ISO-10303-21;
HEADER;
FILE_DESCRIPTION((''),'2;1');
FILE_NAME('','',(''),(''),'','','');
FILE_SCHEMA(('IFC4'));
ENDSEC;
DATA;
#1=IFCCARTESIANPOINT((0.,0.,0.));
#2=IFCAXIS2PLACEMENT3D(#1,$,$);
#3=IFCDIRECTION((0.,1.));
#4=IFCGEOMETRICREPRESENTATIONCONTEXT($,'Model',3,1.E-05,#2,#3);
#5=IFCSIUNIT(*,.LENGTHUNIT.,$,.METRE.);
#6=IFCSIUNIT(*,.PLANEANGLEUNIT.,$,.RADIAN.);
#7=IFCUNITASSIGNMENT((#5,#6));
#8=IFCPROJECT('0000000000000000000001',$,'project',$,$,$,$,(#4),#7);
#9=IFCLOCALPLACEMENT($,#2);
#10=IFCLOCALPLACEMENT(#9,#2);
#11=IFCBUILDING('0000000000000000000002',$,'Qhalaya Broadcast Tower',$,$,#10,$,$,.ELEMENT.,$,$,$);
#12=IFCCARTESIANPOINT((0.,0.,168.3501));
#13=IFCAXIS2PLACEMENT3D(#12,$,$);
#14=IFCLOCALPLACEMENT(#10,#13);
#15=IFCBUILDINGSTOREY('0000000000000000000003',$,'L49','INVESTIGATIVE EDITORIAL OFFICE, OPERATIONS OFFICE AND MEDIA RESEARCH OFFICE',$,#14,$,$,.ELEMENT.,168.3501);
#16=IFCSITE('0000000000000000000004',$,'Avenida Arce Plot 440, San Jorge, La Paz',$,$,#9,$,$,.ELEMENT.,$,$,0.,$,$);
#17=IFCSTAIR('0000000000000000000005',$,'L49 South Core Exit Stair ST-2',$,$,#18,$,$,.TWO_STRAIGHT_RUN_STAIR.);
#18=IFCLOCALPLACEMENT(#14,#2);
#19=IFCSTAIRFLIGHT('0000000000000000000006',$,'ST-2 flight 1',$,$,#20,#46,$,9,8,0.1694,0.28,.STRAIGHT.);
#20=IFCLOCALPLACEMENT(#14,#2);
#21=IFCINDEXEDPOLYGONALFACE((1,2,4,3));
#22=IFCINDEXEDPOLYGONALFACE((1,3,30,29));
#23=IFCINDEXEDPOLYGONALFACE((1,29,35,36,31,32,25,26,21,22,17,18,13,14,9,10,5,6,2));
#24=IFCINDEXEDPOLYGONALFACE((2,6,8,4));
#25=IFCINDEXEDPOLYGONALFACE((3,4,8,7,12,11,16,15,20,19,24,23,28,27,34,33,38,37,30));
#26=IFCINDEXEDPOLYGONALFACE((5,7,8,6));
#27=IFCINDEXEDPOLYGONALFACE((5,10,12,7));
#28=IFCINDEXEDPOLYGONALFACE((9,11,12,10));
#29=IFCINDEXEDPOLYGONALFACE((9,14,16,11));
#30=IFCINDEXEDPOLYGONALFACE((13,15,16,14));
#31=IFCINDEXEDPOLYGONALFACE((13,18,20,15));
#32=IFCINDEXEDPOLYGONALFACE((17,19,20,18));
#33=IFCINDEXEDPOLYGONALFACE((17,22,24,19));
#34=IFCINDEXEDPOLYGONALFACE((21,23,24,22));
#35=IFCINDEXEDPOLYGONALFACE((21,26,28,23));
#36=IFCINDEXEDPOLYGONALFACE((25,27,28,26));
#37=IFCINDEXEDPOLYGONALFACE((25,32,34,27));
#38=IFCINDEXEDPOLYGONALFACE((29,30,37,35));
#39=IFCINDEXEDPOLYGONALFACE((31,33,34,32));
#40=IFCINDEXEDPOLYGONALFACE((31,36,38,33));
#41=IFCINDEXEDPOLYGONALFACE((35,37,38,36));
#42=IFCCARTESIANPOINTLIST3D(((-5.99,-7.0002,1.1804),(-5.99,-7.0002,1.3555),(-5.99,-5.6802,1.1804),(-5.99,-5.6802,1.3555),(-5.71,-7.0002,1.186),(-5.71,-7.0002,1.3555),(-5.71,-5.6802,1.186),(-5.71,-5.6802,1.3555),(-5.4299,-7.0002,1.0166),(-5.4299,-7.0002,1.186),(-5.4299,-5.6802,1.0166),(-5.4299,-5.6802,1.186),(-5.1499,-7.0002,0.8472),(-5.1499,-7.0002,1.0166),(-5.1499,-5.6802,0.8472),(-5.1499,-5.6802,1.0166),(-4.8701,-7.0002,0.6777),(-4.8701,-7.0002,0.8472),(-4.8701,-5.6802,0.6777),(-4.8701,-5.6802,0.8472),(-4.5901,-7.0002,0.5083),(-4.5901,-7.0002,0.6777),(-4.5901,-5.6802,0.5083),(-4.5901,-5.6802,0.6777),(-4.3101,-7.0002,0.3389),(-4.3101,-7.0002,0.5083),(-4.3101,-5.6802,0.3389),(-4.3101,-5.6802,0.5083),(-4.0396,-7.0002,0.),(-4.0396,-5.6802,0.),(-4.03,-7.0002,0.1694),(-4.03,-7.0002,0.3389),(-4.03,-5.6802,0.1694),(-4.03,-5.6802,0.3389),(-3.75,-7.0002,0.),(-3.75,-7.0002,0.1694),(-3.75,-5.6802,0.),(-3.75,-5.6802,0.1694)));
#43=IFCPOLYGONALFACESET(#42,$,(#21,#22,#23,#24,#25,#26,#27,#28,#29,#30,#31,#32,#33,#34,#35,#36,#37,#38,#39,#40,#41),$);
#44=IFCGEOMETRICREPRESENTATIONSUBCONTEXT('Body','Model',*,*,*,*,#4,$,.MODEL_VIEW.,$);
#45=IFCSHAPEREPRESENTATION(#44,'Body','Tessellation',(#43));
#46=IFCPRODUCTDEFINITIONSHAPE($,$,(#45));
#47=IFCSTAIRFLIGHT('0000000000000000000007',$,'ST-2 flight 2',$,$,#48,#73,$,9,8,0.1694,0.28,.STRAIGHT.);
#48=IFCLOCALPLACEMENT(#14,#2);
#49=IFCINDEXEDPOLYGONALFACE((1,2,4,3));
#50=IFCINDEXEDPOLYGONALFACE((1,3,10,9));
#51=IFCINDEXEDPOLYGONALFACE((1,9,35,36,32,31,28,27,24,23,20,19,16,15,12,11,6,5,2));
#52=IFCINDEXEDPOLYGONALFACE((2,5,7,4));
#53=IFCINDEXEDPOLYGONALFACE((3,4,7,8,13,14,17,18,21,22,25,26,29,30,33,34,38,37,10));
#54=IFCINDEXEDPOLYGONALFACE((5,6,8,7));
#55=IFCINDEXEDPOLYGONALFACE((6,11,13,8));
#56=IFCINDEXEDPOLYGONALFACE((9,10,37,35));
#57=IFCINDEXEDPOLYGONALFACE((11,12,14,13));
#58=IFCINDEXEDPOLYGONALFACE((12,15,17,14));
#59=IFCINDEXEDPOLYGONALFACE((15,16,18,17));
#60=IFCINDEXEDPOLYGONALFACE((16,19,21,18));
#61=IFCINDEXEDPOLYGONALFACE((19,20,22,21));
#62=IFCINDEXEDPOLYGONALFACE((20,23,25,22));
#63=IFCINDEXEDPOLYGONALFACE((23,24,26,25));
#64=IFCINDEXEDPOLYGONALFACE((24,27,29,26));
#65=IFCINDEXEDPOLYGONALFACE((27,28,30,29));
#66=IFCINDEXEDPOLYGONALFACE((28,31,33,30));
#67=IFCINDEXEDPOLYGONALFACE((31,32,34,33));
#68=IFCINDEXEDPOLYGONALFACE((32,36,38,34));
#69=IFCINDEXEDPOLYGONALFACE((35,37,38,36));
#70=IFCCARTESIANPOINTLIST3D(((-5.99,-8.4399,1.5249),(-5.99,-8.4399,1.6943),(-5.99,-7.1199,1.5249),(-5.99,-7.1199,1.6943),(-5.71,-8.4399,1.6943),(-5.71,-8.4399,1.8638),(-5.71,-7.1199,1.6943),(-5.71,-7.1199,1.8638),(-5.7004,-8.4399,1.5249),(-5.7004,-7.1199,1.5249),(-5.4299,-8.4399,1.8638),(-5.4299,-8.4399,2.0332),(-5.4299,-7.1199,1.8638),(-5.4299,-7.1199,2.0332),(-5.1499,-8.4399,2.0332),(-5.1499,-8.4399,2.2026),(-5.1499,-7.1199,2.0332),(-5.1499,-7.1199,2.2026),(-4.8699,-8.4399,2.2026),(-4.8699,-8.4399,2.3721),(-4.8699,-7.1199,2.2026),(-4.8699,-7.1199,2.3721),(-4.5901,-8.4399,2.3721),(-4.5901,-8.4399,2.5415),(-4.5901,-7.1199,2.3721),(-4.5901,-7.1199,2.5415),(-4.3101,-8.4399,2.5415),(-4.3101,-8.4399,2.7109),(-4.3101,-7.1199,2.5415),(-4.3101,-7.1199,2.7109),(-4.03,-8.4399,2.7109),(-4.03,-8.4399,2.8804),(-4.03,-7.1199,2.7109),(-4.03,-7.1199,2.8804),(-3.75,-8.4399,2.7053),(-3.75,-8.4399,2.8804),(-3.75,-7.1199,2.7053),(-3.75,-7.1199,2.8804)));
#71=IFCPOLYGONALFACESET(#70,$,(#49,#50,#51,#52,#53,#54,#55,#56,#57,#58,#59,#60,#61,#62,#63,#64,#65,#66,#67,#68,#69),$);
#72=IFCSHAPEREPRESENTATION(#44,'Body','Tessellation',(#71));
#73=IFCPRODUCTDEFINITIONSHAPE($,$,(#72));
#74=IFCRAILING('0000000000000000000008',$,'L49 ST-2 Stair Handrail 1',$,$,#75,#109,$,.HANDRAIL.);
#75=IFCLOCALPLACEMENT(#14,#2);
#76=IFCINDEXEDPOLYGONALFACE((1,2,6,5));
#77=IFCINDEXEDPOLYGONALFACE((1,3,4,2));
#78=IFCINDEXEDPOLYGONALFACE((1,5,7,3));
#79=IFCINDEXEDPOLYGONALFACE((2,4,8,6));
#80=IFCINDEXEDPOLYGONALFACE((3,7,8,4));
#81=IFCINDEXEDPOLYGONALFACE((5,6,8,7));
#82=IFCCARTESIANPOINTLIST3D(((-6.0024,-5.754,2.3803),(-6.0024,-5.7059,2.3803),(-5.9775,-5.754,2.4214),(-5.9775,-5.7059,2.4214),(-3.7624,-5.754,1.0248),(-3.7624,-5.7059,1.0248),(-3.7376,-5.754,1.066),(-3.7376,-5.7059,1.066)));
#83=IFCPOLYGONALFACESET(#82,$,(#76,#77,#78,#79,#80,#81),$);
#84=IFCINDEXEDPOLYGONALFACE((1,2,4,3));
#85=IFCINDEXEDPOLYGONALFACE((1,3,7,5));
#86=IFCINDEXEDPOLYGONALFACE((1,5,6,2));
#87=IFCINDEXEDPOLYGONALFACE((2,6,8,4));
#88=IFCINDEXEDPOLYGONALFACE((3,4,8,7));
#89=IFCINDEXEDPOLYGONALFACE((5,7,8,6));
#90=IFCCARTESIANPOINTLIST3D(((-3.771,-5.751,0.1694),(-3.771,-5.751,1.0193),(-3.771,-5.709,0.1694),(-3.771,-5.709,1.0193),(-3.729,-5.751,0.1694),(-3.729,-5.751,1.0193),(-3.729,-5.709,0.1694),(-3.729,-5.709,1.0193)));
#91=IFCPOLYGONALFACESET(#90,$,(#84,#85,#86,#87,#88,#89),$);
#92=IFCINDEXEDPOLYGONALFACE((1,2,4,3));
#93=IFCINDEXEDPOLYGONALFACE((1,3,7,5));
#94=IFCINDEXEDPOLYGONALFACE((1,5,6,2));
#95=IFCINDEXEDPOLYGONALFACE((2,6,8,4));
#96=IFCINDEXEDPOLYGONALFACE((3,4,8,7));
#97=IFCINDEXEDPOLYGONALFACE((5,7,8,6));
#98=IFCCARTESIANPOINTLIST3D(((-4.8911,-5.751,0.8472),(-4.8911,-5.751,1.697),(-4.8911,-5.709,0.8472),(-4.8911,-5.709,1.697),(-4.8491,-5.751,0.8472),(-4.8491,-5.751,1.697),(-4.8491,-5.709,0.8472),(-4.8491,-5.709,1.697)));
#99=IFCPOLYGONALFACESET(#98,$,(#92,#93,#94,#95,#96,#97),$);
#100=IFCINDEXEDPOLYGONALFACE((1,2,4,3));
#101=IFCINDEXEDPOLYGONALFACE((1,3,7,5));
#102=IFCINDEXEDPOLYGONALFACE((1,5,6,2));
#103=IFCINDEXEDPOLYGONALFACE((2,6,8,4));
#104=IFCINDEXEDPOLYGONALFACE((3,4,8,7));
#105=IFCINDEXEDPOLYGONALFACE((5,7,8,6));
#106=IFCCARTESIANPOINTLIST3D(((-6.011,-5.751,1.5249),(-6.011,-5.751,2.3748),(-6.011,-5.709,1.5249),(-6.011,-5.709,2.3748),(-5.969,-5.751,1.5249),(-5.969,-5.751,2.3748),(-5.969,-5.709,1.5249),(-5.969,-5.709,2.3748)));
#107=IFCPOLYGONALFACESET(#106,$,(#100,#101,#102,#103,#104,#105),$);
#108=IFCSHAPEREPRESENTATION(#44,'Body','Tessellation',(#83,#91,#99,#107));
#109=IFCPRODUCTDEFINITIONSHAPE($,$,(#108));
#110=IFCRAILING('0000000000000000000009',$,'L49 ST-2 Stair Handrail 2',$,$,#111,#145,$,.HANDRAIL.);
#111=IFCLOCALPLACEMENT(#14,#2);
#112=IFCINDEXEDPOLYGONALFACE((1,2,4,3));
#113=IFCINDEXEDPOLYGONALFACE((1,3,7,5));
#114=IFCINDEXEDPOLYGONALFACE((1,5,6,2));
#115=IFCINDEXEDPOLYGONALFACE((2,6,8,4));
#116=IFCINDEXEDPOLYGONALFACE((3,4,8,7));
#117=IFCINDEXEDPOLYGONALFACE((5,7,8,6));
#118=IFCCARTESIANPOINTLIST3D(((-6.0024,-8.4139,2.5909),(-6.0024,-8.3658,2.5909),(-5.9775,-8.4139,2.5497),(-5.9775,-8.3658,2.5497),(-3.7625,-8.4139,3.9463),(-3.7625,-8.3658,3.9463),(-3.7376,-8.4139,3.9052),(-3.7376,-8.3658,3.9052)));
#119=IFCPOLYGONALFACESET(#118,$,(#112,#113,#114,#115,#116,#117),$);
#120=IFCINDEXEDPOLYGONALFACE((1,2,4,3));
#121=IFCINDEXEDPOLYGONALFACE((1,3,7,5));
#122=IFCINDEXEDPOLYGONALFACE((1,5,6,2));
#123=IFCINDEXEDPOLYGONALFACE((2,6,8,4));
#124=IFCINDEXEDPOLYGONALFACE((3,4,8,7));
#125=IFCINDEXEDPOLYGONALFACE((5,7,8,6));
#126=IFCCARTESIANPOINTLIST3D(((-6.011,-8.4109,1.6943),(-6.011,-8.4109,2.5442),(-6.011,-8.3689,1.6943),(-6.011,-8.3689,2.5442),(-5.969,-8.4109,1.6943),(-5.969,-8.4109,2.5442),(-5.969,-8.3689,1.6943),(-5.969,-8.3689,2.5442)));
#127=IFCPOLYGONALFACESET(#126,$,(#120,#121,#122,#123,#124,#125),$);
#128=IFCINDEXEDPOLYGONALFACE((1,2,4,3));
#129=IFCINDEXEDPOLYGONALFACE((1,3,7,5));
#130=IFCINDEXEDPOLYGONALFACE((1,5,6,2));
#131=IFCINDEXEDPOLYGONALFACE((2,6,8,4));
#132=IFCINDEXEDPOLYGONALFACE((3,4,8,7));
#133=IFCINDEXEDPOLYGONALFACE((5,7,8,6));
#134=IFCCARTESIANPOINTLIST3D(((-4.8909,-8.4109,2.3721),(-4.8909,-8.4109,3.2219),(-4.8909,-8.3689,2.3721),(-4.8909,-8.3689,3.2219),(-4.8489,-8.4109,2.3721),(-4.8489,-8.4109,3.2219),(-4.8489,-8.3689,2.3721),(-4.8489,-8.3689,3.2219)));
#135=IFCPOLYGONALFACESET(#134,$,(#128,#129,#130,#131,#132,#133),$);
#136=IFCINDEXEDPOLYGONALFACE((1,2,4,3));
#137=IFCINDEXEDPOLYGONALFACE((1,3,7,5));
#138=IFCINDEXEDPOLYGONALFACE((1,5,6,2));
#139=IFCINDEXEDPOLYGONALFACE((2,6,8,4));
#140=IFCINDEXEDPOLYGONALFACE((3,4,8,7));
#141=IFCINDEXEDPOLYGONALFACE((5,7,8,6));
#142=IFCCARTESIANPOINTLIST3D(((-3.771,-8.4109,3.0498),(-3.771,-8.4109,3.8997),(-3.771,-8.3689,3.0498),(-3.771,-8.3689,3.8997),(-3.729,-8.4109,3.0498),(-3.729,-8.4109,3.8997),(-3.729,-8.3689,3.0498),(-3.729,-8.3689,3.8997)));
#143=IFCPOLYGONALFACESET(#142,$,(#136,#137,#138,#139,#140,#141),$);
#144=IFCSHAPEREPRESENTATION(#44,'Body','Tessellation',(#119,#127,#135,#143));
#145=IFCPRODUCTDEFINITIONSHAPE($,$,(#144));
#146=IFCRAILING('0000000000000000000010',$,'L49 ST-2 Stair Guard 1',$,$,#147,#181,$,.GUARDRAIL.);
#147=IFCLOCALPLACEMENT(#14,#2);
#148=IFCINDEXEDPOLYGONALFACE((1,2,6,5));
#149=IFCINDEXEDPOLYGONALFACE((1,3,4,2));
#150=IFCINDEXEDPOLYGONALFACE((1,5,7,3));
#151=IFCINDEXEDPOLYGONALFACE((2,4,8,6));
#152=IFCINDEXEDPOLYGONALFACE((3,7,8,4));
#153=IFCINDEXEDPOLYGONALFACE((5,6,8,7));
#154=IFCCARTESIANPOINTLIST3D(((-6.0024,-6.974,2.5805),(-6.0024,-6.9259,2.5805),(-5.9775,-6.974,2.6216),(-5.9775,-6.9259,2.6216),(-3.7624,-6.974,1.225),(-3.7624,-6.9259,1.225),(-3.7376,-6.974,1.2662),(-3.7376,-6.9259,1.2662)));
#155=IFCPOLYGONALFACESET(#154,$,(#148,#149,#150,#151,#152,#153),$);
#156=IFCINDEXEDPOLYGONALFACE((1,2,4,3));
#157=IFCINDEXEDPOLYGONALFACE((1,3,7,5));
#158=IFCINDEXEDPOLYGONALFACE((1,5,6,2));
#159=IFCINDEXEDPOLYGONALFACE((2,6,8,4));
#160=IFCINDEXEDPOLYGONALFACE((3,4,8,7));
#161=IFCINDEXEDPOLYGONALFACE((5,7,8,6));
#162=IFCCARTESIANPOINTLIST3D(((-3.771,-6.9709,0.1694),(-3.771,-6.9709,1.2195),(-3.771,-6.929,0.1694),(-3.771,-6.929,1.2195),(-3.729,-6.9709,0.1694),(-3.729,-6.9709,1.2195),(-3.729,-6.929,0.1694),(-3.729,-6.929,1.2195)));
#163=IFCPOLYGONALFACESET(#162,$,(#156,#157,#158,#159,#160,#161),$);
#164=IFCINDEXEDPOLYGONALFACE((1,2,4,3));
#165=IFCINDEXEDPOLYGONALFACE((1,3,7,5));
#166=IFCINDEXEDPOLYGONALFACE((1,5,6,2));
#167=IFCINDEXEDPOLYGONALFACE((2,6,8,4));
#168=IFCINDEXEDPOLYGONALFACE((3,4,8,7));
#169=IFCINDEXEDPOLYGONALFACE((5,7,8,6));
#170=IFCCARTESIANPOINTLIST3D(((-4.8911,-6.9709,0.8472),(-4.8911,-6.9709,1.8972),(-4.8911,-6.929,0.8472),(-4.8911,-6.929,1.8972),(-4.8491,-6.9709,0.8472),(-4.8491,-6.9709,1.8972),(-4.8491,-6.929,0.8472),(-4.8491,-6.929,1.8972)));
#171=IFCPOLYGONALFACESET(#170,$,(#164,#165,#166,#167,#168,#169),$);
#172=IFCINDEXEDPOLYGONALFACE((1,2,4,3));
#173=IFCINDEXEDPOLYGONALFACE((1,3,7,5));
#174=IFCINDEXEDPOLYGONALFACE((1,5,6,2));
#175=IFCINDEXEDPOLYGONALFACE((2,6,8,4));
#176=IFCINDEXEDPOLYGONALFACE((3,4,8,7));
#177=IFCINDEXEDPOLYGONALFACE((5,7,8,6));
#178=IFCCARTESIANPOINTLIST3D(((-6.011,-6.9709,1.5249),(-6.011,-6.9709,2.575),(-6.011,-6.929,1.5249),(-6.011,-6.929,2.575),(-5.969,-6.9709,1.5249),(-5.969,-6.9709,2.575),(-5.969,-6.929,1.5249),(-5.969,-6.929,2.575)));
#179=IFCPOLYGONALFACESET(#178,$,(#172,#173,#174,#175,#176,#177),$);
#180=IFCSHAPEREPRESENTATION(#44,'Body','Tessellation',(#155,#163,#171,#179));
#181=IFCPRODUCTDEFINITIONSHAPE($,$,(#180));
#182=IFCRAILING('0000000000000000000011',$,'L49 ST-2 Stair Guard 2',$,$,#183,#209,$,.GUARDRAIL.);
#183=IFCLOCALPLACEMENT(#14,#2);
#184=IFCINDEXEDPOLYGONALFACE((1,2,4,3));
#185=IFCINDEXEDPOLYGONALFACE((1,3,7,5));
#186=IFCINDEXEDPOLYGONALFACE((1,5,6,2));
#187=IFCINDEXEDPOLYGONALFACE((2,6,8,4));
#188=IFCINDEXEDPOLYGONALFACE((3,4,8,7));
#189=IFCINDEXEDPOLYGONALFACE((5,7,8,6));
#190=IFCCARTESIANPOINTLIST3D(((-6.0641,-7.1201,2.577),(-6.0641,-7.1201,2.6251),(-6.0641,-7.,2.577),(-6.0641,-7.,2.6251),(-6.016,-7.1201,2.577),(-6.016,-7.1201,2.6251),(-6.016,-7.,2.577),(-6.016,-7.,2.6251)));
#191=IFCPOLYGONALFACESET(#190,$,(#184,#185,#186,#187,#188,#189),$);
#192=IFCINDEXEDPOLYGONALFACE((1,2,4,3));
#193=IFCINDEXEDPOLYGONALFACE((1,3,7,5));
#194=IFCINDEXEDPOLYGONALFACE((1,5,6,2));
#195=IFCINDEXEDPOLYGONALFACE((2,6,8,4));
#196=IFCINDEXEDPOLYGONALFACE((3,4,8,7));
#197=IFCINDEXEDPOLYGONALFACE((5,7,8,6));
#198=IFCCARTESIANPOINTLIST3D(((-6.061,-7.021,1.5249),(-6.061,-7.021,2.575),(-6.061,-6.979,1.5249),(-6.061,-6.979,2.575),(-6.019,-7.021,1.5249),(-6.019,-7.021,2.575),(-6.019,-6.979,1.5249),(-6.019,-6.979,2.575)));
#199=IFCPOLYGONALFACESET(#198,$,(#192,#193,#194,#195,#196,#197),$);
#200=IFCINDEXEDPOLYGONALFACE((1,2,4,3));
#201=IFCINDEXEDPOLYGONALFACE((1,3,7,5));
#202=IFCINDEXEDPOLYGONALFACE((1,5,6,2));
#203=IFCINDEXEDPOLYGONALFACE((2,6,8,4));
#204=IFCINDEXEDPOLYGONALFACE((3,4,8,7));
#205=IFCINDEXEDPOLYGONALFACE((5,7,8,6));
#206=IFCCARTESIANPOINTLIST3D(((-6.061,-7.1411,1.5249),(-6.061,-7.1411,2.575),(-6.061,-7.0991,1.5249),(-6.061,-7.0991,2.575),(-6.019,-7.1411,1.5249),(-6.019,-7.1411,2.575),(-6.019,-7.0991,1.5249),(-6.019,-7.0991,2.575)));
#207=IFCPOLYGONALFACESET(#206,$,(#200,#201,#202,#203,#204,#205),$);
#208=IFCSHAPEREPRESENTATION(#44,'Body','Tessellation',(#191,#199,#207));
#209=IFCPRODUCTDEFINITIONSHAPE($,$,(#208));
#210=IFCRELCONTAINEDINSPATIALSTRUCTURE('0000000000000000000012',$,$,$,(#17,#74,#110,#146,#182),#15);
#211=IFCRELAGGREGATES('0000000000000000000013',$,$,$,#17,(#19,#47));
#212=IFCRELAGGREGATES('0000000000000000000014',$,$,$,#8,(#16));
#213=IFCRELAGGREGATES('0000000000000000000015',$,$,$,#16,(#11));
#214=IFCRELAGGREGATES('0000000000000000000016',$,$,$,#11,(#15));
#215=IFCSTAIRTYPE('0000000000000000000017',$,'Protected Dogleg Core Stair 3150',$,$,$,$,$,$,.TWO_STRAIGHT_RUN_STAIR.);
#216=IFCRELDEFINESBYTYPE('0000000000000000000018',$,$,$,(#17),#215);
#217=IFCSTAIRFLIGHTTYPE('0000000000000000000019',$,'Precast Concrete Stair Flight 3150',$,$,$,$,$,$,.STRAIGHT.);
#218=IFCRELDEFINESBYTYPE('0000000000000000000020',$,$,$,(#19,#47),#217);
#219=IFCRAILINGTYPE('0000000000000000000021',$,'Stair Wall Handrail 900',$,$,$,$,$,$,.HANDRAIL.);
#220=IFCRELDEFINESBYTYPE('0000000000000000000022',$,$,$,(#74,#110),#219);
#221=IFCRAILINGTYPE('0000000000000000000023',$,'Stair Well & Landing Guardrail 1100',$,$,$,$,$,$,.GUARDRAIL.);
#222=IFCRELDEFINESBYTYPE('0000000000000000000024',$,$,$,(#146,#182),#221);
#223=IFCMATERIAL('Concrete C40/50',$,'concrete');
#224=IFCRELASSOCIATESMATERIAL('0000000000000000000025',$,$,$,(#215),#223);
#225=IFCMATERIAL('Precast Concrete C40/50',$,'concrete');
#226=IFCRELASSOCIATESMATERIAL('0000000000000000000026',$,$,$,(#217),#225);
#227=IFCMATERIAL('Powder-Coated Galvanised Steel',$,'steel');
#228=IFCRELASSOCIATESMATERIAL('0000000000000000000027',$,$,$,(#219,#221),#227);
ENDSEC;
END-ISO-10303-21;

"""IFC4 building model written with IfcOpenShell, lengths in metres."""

from ifc_helpers import new_model, si_unit, direction, frame, origin, origin_2d, place, context, subcontext, project, spatial, polyline, rectangle, outline, extrude, material, type_object, element, aggregate, save


model = new_model("IFC4")

# Units and contexts
model_context = context("Model", 3, precision=1e-05, world=origin(), true_north=direction((0.0, 1.0)))
body_context = subcontext(model_context, "Body", "Model", "MODEL_VIEW")
ifc_project = project(units=[si_unit("LENGTHUNIT", "METRE"), si_unit("PLANEANGLEUNIT", "RADIAN")], contexts=[model_context])

# Site, building, storey
site_placement = place(None, origin())
site = spatial("IfcSite", under=ifc_project, at=site_placement, Name="Avenida Arce Plot 440, San Jorge, La Paz", CompositionType="ELEMENT", RefElevation=0.0)
building_placement = place(site_placement, origin())
building = spatial("IfcBuilding", under=site, at=building_placement, Name="Qhalaya Broadcast Tower", CompositionType="ELEMENT")
storey_placement = place(building_placement, frame((0.0, 0.0, 168.3501)))
storey = spatial("IfcBuildingStorey", under=building, at=storey_placement, Name="L49", Description="INVESTIGATIVE EDITORIAL OFFICE, OPERATIONS OFFICE AND MEDIA RESEARCH OFFICE", CompositionType="ELEMENT", Elevation=168.3501)

# Stair, stair flights
ifc_material_1 = material(Name="Concrete C40/50", Category="concrete")
stair_type = type_object("IfcStairType", Name="Protected Dogleg Core Stair 3150", PredefinedType="TWO_STRAIGHT_RUN_STAIR", material=ifc_material_1)
stair_placement = place(storey_placement, origin())
stair = element("IfcStair", 1, at=stair_placement, inside=storey, type_object=stair_type, Name="L49 South Core Exit Stair ST-2", PredefinedType="TWO_STRAIGHT_RUN_STAIR")
ifc_material_2 = material(Name="Precast Concrete C40/50", Category="concrete")
stair_flight_type = type_object("IfcStairFlightType", Name="Precast Concrete Stair Flight 3150", PredefinedType="STRAIGHT", material=ifc_material_2)
stair_flight_1_placement = place(storey_placement, frame((-3.75, -6.3401, 0.0), z_axis=(0.0, 0.0, 1.0), x_axis=(-1.0, 0.0, 0.0)))
stair_flight_1 = element("IfcStairFlight", 2, at=stair_flight_1_placement, type_object=stair_flight_type, Name="ST-2 flight 1", NumberOfRisers=9, NumberOfTreads=8, PredefinedType="STRAIGHT", RiserHeight=0.1694, TreadLength=0.28, context=body_context, shape_type="SweptSolid", body=[
    extrude(outline(polyline([(0.0, 0.0), (0.0, 0.1694), (0.28, 0.1694), (0.28, 0.3389), (0.5601, 0.3389), (0.5601, 0.5083), (0.8401, 0.5083), (0.8401, 0.6777), (1.1201, 0.6777), (1.1201, 0.8472), (1.3999, 0.8472), (1.3999, 1.0166), (1.6799, 1.0166), (1.6799, 1.186), (1.96, 1.186), (1.96, 1.3555), (2.24, 1.3555), (2.24, 1.5249), (2.24, 1.1804), (0.2896, 0.0), (0.0, 0.0)])), frame((0.0, 0.6602, 0.0), z_axis=(0.0, -1.0, 0.0), x_axis=(1.0, 0.0, 0.0)), (0.0, 0.0, 1.0), 1.3201),
])
stair_flight_2_placement = place(storey_placement, frame((-5.99, -7.78, 1.5249), z_axis=(0.0, 0.0, 1.0), x_axis=(1.0, 0.0, 0.0)))
stair_flight_2 = element("IfcStairFlight", 3, at=stair_flight_2_placement, type_object=stair_flight_type, Name="ST-2 flight 2", NumberOfRisers=9, NumberOfTreads=8, PredefinedType="STRAIGHT", RiserHeight=0.1694, TreadLength=0.28, context=body_context, shape_type="SweptSolid", body=[
    extrude(outline(polyline([(0.0, 0.0), (0.0, 0.1694), (0.28, 0.1694), (0.28, 0.3389), (0.5601, 0.3389), (0.5601, 0.5083), (0.8401, 0.5083), (0.8401, 0.6777), (1.1201, 0.6777), (1.1201, 0.8472), (1.3999, 0.8472), (1.3999, 1.0166), (1.6799, 1.0166), (1.6799, 1.186), (1.96, 1.186), (1.96, 1.3555), (2.24, 1.3555), (2.24, 1.5249), (2.24, 1.1804), (0.2896, 0.0), (0.0, 0.0)])), frame((0.0, 0.6602, 0.0), z_axis=(0.0, -1.0, 0.0), x_axis=(1.0, 0.0, 0.0)), (0.0, 0.0, 1.0), 1.3201),
])
aggregate(stair, [stair_flight_1, stair_flight_2])

# Railings
ifc_material_3 = material(Name="Powder-Coated Galvanised Steel", Category="steel")
railing_type_1 = type_object("IfcRailingType", Name="Stair Wall Handrail 900", PredefinedType="HANDRAIL", material=ifc_material_3)
railing_1_placement = place(storey_placement, frame((-3.75, -5.73, 0.1694)))
element("IfcRailing", 4, at=railing_1_placement, inside=storey, type_object=railing_type_1, Name="L49 ST-2 Stair Handrail 1", PredefinedType="HANDRAIL", context=body_context, shape_type="SweptSolid", body=[
    extrude(rectangle(XDim=0.0481, YDim=0.0481, at=origin_2d()), frame((0.0, 0.0, 0.876), z_axis=(-0.855553, 0.0, 0.517715), x_axis=(0.0, -1.0, 0.0)), (0.0, 0.0, 1.0), 2.6182),
    extrude(rectangle(XDim=0.042, YDim=0.042, at=origin_2d()), origin(), (0.0, 0.0, 1.0), 0.8499),
    extrude(rectangle(XDim=0.042, YDim=0.042, at=origin_2d()), frame((-1.1201, 0.0, 0.6777)), (0.0, 0.0, 1.0), 0.8499),
    extrude(rectangle(XDim=0.042, YDim=0.042, at=origin_2d()), frame((-2.24, 0.0, 1.3555)), (0.0, 0.0, 1.0), 0.8499),
])
railing_2_placement = place(storey_placement, frame((-5.99, -8.3899, 1.6943)))
element("IfcRailing", 5, at=railing_2_placement, inside=storey, type_object=railing_type_1, Name="L49 ST-2 Stair Handrail 2", PredefinedType="HANDRAIL", context=body_context, shape_type="SweptSolid", body=[
    extrude(rectangle(XDim=0.0481, YDim=0.0481, at=origin_2d()), frame((0.0, 0.0, 0.876), z_axis=(0.855553, 0.0, 0.517715), x_axis=(0.0, 1.0, 0.0)), (0.0, 0.0, 1.0), 2.6182),
    extrude(rectangle(XDim=0.042, YDim=0.042, at=origin_2d()), origin(), (0.0, 0.0, 1.0), 0.8499),
    extrude(rectangle(XDim=0.042, YDim=0.042, at=origin_2d()), frame((1.1201, 0.0, 0.6777)), (0.0, 0.0, 1.0), 0.8499),
    extrude(rectangle(XDim=0.042, YDim=0.042, at=origin_2d()), frame((2.24, 0.0, 1.3555)), (0.0, 0.0, 1.0), 0.8499),
])
railing_type_2 = type_object("IfcRailingType", Name="Stair Well & Landing Guardrail 1100", PredefinedType="GUARDRAIL", material=ifc_material_3)
railing_3_placement = place(storey_placement, frame((-3.75, -6.95, 0.1694)))
element("IfcRailing", 6, at=railing_3_placement, inside=storey, type_object=railing_type_2, Name="L49 ST-2 Stair Guard 1", PredefinedType="GUARDRAIL", context=body_context, shape_type="SweptSolid", body=[
    extrude(rectangle(XDim=0.0481, YDim=0.0481, at=origin_2d()), frame((0.0, 0.0, 1.0762), z_axis=(-0.855553, 0.0, 0.517715), x_axis=(0.0, -1.0, 0.0)), (0.0, 0.0, 1.0), 2.6182),
    extrude(rectangle(XDim=0.042, YDim=0.042, at=origin_2d()), origin(), (0.0, 0.0, 1.0), 1.05),
    extrude(rectangle(XDim=0.042, YDim=0.042, at=origin_2d()), frame((-1.1201, 0.0, 0.6777)), (0.0, 0.0, 1.0), 1.05),
    extrude(rectangle(XDim=0.042, YDim=0.042, at=origin_2d()), frame((-2.24, 0.0, 1.3555)), (0.0, 0.0, 1.0), 1.05),
])
railing_4_placement = place(storey_placement, frame((-6.04, -7.0, 1.5249)))
element("IfcRailing", 7, at=railing_4_placement, inside=storey, type_object=railing_type_2, Name="L49 ST-2 Stair Guard 2", PredefinedType="GUARDRAIL", context=body_context, shape_type="SweptSolid", body=[
    extrude(rectangle(XDim=0.0481, YDim=0.0481, at=origin_2d()), frame((0.0, 0.0, 1.0762), z_axis=(0.0, -1.0, 0.0), x_axis=(1.0, 0.0, 0.0)), (0.0, 0.0, 1.0), 0.1201),
    extrude(rectangle(XDim=0.042, YDim=0.042, at=origin_2d()), origin(), (0.0, 0.0, 1.0), 1.05),
    extrude(rectangle(XDim=0.042, YDim=0.042, at=origin_2d()), frame((0.0, -0.1201, 0.0)), (0.0, 0.0, 1.0), 1.05),
])

save(model, "model.ifc")
